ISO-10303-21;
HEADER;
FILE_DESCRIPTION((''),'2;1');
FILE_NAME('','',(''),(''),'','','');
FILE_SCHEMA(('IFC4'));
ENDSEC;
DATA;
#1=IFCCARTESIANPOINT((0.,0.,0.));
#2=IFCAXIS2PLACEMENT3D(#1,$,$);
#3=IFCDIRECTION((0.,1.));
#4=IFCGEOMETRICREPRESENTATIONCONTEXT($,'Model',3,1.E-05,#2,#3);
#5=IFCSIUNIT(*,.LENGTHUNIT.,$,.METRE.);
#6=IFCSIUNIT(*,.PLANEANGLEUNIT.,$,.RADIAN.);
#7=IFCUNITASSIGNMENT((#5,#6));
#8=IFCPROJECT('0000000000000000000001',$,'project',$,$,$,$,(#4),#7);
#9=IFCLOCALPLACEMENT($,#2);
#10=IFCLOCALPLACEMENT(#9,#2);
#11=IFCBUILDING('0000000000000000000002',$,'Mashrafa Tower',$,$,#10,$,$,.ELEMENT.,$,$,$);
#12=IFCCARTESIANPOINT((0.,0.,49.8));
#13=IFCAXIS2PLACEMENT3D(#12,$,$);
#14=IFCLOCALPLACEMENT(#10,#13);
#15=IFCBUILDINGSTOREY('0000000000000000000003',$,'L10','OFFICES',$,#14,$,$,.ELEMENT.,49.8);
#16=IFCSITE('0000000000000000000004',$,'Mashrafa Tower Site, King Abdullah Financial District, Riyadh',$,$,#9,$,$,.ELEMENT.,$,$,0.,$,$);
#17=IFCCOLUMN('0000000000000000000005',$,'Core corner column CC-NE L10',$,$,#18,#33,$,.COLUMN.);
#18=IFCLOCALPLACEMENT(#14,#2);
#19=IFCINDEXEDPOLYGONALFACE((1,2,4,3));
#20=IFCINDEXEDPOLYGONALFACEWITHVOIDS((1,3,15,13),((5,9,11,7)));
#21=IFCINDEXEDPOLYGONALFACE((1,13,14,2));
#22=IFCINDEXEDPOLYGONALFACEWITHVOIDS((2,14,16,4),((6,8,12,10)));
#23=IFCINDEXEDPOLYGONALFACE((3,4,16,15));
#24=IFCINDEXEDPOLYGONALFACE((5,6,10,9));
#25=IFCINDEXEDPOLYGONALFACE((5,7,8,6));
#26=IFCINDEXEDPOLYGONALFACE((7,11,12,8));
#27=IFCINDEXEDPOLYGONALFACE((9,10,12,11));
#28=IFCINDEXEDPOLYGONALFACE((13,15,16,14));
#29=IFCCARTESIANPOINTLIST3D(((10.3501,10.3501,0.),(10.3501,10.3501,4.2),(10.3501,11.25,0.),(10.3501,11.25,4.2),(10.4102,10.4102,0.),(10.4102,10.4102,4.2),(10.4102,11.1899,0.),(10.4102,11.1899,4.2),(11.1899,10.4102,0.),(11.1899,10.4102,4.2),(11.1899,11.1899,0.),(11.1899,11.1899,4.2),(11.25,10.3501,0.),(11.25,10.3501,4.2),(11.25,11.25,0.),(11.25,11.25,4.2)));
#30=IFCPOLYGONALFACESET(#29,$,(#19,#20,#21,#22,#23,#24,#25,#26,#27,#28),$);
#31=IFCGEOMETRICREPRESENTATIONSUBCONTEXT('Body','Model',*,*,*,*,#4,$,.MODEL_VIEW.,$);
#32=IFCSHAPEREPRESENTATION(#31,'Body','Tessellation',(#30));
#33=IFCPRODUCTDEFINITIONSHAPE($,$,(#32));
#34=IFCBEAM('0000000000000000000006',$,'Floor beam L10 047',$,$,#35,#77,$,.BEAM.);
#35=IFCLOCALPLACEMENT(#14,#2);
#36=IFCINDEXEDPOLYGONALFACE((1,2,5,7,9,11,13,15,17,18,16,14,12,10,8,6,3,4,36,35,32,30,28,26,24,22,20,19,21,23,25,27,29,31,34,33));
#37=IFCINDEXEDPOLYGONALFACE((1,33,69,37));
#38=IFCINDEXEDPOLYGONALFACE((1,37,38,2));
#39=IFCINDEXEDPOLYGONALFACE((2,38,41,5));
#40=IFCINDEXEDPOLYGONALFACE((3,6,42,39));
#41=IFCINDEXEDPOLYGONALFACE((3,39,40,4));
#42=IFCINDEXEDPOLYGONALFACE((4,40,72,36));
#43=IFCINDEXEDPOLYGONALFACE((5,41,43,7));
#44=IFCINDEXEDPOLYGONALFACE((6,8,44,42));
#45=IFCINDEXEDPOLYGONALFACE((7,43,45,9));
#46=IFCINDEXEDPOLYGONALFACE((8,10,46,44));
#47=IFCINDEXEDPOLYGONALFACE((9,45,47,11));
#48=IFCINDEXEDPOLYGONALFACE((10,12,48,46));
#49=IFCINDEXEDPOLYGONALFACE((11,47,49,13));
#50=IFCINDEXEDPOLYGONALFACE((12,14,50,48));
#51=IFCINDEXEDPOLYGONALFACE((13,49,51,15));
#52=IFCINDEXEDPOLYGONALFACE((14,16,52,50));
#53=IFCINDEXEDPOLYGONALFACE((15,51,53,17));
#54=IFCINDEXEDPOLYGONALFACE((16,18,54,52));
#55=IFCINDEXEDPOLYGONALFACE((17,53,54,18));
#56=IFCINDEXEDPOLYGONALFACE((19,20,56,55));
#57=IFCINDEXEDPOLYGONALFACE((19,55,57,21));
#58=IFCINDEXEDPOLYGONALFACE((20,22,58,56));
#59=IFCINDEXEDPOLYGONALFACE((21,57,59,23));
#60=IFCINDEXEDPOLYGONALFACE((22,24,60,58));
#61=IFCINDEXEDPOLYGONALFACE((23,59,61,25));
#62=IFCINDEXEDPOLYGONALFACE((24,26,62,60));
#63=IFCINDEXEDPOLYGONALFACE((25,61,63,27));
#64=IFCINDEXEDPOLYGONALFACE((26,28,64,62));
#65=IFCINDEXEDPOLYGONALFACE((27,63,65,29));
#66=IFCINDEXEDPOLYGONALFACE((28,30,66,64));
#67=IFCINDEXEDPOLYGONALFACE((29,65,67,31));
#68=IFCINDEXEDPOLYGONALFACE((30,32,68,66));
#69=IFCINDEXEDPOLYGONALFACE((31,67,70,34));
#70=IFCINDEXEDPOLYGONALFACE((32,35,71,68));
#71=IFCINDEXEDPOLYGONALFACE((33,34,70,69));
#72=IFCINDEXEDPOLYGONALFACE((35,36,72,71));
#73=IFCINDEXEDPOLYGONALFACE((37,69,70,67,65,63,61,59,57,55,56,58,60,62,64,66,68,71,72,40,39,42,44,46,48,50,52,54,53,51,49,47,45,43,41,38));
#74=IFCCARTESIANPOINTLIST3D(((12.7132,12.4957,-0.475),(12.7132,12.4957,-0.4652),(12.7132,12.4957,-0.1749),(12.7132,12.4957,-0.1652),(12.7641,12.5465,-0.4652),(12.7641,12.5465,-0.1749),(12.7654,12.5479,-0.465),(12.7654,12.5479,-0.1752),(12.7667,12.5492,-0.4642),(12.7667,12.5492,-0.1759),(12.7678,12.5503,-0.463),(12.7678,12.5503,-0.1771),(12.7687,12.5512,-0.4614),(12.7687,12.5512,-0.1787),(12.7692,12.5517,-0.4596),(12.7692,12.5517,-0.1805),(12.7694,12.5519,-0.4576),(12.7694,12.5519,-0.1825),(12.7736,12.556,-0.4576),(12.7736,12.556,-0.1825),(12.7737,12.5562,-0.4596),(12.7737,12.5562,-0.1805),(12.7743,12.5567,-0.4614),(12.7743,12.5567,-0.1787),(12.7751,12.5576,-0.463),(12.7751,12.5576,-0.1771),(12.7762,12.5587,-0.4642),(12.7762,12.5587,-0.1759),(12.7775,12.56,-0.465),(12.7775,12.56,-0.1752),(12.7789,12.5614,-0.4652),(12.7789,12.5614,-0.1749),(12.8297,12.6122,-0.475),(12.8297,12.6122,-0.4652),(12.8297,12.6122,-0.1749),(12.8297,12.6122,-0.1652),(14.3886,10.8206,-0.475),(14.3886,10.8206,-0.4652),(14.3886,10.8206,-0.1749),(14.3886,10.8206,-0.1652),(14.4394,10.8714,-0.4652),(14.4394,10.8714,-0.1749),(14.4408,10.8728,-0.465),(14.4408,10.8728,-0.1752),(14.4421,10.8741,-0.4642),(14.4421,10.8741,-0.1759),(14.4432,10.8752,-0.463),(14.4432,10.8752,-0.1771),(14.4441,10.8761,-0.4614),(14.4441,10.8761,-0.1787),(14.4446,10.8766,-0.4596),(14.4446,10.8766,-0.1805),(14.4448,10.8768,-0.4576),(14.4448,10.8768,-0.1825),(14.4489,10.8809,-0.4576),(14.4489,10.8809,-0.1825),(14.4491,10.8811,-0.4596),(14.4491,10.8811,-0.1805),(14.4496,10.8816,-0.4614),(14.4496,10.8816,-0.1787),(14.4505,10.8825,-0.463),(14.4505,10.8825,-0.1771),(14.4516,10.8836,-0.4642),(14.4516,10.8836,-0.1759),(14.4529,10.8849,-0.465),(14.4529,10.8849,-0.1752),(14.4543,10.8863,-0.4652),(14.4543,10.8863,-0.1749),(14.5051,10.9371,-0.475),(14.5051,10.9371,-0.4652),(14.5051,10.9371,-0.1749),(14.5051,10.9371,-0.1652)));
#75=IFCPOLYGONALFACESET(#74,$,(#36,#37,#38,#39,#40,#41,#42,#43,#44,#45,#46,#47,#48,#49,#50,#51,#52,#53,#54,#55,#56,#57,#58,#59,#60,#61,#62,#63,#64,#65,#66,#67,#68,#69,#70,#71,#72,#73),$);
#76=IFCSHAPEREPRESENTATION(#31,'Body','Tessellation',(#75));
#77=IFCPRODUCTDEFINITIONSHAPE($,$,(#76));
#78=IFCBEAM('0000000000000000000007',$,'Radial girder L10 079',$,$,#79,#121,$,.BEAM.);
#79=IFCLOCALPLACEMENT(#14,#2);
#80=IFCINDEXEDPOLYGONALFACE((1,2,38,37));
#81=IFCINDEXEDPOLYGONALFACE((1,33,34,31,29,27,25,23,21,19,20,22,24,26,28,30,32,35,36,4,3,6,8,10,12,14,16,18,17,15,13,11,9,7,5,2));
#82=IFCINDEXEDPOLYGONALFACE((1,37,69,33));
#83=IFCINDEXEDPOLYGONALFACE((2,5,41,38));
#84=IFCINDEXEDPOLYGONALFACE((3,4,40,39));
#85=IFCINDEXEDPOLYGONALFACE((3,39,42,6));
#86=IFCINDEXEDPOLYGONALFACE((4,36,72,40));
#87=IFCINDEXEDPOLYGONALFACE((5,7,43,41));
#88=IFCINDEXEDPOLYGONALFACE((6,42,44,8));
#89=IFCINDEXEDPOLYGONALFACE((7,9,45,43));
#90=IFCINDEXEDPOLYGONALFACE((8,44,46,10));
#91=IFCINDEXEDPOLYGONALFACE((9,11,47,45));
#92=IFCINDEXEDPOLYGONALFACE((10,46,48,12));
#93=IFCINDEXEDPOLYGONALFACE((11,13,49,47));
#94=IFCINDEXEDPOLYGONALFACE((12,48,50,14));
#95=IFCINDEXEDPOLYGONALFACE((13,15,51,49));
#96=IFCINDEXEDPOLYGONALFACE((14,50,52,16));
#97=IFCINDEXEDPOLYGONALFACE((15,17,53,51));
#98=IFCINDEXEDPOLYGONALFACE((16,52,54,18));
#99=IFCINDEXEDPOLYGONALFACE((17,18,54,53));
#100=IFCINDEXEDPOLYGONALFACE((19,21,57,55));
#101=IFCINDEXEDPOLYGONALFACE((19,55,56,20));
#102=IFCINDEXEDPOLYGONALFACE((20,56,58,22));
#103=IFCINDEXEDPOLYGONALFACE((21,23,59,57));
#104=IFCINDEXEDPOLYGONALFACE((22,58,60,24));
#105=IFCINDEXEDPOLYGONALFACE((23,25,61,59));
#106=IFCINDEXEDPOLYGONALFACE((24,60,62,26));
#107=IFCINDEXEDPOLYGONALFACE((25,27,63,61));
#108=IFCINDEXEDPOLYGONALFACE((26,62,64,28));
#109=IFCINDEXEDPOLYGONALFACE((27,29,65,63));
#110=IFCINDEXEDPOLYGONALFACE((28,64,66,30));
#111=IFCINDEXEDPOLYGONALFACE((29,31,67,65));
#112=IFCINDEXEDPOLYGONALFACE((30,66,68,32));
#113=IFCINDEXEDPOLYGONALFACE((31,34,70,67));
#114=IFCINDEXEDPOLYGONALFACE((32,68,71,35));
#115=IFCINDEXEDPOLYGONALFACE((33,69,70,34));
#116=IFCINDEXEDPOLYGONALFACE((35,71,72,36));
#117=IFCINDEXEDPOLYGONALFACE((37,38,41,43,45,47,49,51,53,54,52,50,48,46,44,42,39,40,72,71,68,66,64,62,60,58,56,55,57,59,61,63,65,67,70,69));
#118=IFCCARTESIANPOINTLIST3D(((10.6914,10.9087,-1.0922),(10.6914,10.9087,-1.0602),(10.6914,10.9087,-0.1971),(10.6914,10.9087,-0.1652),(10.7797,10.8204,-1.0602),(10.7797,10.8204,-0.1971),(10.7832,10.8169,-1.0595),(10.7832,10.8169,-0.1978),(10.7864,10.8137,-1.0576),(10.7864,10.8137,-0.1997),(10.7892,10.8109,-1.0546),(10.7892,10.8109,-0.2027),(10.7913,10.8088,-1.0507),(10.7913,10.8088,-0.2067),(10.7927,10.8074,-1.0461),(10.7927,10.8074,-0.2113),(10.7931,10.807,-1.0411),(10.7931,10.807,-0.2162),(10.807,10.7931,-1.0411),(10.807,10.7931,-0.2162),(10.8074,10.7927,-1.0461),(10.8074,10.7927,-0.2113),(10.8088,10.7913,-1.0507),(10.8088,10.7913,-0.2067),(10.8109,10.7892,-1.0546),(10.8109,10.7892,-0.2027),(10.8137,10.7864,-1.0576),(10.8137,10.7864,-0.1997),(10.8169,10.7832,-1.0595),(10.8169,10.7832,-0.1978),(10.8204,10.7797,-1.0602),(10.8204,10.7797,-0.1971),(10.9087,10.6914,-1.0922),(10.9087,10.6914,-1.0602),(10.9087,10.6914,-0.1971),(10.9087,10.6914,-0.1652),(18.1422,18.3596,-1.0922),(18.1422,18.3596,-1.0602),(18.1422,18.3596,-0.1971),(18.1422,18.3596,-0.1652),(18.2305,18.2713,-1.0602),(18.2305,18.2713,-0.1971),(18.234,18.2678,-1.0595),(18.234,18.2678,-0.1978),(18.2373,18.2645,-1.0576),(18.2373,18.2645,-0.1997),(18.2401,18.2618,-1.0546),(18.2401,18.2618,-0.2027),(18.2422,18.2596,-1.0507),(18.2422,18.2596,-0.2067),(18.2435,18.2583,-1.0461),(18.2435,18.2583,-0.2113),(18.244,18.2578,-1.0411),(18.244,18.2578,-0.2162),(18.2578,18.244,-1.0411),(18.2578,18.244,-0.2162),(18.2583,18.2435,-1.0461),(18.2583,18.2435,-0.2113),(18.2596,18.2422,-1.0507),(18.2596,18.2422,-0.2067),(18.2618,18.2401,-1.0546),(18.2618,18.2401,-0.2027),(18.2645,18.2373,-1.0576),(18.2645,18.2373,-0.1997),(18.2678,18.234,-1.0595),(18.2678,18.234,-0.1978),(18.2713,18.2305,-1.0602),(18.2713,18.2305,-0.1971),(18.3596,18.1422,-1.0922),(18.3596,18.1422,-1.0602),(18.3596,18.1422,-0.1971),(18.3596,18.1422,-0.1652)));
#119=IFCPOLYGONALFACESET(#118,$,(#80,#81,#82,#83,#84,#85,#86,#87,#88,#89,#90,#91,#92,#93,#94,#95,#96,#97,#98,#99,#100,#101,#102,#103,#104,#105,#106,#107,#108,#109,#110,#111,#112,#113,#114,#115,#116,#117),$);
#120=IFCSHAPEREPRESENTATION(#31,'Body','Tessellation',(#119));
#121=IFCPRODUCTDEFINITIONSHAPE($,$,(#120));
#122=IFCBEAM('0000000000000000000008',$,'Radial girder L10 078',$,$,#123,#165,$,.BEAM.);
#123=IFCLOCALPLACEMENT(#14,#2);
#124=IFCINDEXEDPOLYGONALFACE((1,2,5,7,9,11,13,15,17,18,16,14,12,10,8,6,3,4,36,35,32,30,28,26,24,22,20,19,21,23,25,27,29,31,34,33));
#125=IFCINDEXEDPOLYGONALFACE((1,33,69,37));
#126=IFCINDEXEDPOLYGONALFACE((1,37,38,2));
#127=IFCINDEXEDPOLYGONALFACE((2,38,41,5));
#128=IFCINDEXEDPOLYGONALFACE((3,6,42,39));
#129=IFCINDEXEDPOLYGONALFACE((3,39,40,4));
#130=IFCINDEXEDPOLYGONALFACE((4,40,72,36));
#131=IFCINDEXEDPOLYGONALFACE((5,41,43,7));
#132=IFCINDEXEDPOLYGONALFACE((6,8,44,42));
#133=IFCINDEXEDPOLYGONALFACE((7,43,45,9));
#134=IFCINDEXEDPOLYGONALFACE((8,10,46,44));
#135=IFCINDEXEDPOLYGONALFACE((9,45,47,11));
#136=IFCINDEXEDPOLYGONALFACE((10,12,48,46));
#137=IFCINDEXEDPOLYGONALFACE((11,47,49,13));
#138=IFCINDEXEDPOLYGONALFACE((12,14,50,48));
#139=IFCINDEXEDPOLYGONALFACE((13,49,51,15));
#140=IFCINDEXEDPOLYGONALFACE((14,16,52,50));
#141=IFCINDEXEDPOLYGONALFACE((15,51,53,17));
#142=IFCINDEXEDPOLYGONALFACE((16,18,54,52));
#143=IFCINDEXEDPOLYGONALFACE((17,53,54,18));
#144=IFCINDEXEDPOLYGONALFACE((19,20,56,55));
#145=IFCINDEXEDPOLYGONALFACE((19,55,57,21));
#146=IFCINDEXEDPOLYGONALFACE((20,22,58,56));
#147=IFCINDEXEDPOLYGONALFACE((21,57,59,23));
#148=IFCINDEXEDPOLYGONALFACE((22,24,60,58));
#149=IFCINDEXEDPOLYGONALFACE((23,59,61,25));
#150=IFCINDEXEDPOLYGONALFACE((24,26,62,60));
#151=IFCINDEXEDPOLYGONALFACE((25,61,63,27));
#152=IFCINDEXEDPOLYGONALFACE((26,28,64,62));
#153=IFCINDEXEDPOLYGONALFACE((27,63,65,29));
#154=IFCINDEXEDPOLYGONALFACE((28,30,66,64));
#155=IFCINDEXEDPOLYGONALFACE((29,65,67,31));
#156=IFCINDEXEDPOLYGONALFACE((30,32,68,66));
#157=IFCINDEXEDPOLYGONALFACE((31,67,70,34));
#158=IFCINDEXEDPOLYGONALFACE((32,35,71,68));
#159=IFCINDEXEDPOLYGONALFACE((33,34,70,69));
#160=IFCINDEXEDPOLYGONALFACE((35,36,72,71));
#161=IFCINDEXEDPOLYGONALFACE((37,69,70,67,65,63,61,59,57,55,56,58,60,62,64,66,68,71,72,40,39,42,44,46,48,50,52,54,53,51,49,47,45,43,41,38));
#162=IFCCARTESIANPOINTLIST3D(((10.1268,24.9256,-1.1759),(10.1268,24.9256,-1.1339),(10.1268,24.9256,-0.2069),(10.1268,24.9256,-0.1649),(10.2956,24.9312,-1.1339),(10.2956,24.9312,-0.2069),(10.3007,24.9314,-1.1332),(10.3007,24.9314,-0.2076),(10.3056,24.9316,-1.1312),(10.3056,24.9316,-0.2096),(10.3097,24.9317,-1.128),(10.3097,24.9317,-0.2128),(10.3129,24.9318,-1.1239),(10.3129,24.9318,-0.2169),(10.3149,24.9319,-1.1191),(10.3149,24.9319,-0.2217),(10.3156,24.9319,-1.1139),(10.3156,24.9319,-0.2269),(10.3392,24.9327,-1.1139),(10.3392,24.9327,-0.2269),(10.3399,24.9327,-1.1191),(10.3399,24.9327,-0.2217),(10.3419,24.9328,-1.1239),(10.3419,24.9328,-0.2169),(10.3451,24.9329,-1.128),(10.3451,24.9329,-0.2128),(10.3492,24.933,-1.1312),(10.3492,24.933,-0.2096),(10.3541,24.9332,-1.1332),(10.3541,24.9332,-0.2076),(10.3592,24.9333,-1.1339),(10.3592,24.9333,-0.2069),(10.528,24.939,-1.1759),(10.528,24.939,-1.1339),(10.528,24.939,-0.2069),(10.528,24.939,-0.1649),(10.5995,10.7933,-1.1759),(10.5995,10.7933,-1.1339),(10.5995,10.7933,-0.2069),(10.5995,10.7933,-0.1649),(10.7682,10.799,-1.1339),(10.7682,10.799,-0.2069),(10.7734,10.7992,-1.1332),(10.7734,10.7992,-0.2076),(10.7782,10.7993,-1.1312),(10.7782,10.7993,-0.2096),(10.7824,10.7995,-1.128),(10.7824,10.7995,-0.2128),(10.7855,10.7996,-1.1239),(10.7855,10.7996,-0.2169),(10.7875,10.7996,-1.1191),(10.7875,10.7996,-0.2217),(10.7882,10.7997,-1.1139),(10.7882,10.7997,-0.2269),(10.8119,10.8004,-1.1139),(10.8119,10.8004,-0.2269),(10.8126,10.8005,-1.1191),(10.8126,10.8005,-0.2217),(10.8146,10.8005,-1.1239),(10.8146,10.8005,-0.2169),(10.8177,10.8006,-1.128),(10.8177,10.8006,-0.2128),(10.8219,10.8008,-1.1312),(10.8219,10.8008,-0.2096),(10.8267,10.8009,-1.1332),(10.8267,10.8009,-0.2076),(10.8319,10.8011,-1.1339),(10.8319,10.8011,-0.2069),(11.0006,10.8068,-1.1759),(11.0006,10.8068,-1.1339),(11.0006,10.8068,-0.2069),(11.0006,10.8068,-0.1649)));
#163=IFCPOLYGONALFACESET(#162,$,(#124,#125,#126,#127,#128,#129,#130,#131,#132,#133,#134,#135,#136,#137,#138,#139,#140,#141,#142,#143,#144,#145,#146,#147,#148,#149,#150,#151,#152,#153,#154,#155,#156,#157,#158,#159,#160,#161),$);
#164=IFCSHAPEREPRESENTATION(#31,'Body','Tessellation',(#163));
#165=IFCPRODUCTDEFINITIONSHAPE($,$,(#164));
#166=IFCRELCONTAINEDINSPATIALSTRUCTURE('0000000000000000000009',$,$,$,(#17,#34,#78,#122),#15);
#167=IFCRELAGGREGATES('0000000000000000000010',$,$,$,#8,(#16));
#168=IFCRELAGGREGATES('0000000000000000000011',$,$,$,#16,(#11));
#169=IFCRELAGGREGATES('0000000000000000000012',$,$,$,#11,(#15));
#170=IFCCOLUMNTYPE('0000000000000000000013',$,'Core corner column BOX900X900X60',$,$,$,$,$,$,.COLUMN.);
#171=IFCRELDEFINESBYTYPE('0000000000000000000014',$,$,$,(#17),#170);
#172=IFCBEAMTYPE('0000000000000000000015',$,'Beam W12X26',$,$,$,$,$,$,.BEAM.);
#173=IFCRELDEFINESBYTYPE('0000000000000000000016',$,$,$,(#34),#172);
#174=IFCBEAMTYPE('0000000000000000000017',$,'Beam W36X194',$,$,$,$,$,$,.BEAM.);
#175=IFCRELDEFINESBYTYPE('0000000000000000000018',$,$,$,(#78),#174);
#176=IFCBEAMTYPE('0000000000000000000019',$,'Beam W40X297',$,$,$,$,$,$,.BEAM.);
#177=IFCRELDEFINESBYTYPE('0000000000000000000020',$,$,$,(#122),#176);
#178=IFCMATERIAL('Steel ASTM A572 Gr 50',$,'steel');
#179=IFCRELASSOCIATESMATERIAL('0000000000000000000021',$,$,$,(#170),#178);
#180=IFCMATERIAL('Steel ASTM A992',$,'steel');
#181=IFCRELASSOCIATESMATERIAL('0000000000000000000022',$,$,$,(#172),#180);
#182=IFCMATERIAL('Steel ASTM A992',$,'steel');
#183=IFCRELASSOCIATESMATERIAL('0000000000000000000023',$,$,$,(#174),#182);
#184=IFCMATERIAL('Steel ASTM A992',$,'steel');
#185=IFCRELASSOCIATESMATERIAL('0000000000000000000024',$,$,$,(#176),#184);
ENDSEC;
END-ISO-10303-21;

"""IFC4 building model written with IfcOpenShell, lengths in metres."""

from ifc_helpers import new_model, si_unit, direction, frame, origin, origin_2d, place, context, subcontext, project, spatial, hollow_rectangle, i_section, extrude, material, material_profile, profile_set, type_object, element, save


model = new_model("IFC4")

# Units and contexts
model_context = context("Model", 3, precision=1e-05, world=origin(), true_north=direction((0.0, 1.0)))
body_context = subcontext(model_context, "Body", "Model", "MODEL_VIEW")
ifc_project = project(units=[si_unit("LENGTHUNIT", "METRE"), si_unit("PLANEANGLEUNIT", "RADIAN")], contexts=[model_context])

# Site, building, storey
site_placement = place(None, origin())
site = spatial("IfcSite", under=ifc_project, at=site_placement, Name="Mashrafa Tower Site, King Abdullah Financial District, Riyadh", CompositionType="ELEMENT", RefElevation=0.0)
building_placement = place(site_placement, origin())
building = spatial("IfcBuilding", under=site, at=building_placement, Name="Mashrafa Tower", CompositionType="ELEMENT")
storey_placement = place(building_placement, frame((0.0, 0.0, 49.8)))
storey = spatial("IfcBuildingStorey", under=building, at=storey_placement, Name="L10", Description="OFFICES", CompositionType="ELEMENT", Elevation=49.8)

# Column
ifc_material_1 = material(Name="Steel ASTM A572 Gr 50", Category="steel")
ifc_material_profile_1 = material_profile(ifc_material_1, hollow_rectangle(XDim=0.8999, YDim=0.8999, WallThickness=0.0601, at=origin_2d()), Name="BOX900X900X60")
ifc_profile_set_1 = profile_set([ifc_material_profile_1], Name="Steel ASTM A572 Gr 50")
column_type = type_object("IfcColumnType", Name="Core corner column BOX900X900X60", PredefinedType="COLUMN", material=ifc_profile_set_1)
column_placement = place(storey_placement, frame((10.8, 10.8, 0.0), z_axis=(0.0, 0.0, 1.0), x_axis=(1.0, 0.0, 0.0)))
element("IfcColumn", 1, at=column_placement, inside=storey, type_object=column_type, Name="Core corner column CC-NE L10", PredefinedType="COLUMN", context=body_context, shape_type="SweptSolid", body=[
    extrude(hollow_rectangle(XDim=0.8999, YDim=0.8999, WallThickness=0.0601, at=origin_2d()), origin(), (0.0, 0.0, 1.0), 4.2),
])

# Beams
ifc_material_2 = material(Name="Steel ASTM A992", Category="steel")
ifc_material_profile_2 = material_profile(ifc_material_2, i_section(OverallWidth=0.1648, OverallDepth=0.3098, WebThickness=0.0059, FlangeThickness=0.0098, FilletRadius=0.0076, at=origin_2d()), Name="W12X26")
ifc_profile_set_2 = profile_set([ifc_material_profile_2], Name="Steel ASTM A992")
beam_type_1 = type_object("IfcBeamType", Name="Beam W12X26", PredefinedType="BEAM", material=ifc_profile_set_2)
beam_1_placement = place(storey_placement, frame((12.7715, 12.554, -0.3201), z_axis=(0.707158, -0.707055, 0.0), x_axis=(0.707055, 0.707158, 0.0)))
element("IfcBeam", 2, at=beam_1_placement, inside=storey, type_object=beam_type_1, Name="Floor beam L10 047", PredefinedType="BEAM", context=body_context, shape_type="SweptSolid", body=[
    extrude(i_section(OverallWidth=0.1648, OverallDepth=0.3098, WebThickness=0.0059, FlangeThickness=0.0098, FilletRadius=0.0076, at=origin_2d()), origin(), (0.0, 0.0, 1.0), 2.3691),
])
ifc_material_3 = material(Name="Steel ASTM A992", Category="steel")
ifc_material_profile_3 = material_profile(ifc_material_3, i_section(OverallWidth=0.3074, OverallDepth=0.927, WebThickness=0.0195, FlangeThickness=0.032, FilletRadius=0.019, at=origin_2d()), Name="W36X194")
ifc_profile_set_3 = profile_set([ifc_material_profile_3], Name="Steel ASTM A992")
beam_type_2 = type_object("IfcBeamType", Name="Beam W36X194", PredefinedType="BEAM", material=ifc_profile_set_3)
beam_2_placement = place(storey_placement, frame((10.8, 10.8, -0.6287), z_axis=(0.707107, 0.707107, 0.0), x_axis=(-0.707107, 0.707107, 0.0)))
element("IfcBeam", 3, at=beam_2_placement, inside=storey, type_object=beam_type_2, Name="Radial girder L10 079", PredefinedType="BEAM", context=body_context, shape_type="SweptSolid", body=[
    extrude(i_section(OverallWidth=0.3074, OverallDepth=0.927, WebThickness=0.0195, FlangeThickness=0.032, FilletRadius=0.019, at=origin_2d()), origin(), (0.0, 0.0, 1.0), 10.5371),
])
ifc_material_4 = material(Name="Steel ASTM A992", Category="steel")
ifc_material_profile_4 = material_profile(ifc_material_4, i_section(OverallWidth=0.4014, OverallDepth=1.011, WebThickness=0.0237, FlangeThickness=0.042, FilletRadius=0.02, at=origin_2d()), Name="W40X297")
ifc_profile_set_4 = profile_set([ifc_material_profile_4], Name="Steel ASTM A992")
beam_type_3 = type_object("IfcBeamType", Name="Beam W40X297", PredefinedType="BEAM", material=ifc_profile_set_4)
for number, where, z_axis, x_axis, name in (
    (4, (10.8, 10.8, -0.6704), (-0.033426, 0.999441, 0.0), (-0.999441, -0.033426, 0.0), "Radial girder L10 078"),
):
    element("IfcBeam", number, at=place(storey_placement, frame(where, z_axis=z_axis, x_axis=x_axis)), inside=storey, type_object=beam_type_3, Name=name, PredefinedType="BEAM", context=body_context, shape_type="SweptSolid", body=[
        extrude(i_section(OverallWidth=0.4014, OverallDepth=1.011, WebThickness=0.0237, FlangeThickness=0.042, FilletRadius=0.02, at=origin_2d()), origin(), (0.0, 0.0, 1.0), 14.1401),
    ])

save(model, "model.ifc")
